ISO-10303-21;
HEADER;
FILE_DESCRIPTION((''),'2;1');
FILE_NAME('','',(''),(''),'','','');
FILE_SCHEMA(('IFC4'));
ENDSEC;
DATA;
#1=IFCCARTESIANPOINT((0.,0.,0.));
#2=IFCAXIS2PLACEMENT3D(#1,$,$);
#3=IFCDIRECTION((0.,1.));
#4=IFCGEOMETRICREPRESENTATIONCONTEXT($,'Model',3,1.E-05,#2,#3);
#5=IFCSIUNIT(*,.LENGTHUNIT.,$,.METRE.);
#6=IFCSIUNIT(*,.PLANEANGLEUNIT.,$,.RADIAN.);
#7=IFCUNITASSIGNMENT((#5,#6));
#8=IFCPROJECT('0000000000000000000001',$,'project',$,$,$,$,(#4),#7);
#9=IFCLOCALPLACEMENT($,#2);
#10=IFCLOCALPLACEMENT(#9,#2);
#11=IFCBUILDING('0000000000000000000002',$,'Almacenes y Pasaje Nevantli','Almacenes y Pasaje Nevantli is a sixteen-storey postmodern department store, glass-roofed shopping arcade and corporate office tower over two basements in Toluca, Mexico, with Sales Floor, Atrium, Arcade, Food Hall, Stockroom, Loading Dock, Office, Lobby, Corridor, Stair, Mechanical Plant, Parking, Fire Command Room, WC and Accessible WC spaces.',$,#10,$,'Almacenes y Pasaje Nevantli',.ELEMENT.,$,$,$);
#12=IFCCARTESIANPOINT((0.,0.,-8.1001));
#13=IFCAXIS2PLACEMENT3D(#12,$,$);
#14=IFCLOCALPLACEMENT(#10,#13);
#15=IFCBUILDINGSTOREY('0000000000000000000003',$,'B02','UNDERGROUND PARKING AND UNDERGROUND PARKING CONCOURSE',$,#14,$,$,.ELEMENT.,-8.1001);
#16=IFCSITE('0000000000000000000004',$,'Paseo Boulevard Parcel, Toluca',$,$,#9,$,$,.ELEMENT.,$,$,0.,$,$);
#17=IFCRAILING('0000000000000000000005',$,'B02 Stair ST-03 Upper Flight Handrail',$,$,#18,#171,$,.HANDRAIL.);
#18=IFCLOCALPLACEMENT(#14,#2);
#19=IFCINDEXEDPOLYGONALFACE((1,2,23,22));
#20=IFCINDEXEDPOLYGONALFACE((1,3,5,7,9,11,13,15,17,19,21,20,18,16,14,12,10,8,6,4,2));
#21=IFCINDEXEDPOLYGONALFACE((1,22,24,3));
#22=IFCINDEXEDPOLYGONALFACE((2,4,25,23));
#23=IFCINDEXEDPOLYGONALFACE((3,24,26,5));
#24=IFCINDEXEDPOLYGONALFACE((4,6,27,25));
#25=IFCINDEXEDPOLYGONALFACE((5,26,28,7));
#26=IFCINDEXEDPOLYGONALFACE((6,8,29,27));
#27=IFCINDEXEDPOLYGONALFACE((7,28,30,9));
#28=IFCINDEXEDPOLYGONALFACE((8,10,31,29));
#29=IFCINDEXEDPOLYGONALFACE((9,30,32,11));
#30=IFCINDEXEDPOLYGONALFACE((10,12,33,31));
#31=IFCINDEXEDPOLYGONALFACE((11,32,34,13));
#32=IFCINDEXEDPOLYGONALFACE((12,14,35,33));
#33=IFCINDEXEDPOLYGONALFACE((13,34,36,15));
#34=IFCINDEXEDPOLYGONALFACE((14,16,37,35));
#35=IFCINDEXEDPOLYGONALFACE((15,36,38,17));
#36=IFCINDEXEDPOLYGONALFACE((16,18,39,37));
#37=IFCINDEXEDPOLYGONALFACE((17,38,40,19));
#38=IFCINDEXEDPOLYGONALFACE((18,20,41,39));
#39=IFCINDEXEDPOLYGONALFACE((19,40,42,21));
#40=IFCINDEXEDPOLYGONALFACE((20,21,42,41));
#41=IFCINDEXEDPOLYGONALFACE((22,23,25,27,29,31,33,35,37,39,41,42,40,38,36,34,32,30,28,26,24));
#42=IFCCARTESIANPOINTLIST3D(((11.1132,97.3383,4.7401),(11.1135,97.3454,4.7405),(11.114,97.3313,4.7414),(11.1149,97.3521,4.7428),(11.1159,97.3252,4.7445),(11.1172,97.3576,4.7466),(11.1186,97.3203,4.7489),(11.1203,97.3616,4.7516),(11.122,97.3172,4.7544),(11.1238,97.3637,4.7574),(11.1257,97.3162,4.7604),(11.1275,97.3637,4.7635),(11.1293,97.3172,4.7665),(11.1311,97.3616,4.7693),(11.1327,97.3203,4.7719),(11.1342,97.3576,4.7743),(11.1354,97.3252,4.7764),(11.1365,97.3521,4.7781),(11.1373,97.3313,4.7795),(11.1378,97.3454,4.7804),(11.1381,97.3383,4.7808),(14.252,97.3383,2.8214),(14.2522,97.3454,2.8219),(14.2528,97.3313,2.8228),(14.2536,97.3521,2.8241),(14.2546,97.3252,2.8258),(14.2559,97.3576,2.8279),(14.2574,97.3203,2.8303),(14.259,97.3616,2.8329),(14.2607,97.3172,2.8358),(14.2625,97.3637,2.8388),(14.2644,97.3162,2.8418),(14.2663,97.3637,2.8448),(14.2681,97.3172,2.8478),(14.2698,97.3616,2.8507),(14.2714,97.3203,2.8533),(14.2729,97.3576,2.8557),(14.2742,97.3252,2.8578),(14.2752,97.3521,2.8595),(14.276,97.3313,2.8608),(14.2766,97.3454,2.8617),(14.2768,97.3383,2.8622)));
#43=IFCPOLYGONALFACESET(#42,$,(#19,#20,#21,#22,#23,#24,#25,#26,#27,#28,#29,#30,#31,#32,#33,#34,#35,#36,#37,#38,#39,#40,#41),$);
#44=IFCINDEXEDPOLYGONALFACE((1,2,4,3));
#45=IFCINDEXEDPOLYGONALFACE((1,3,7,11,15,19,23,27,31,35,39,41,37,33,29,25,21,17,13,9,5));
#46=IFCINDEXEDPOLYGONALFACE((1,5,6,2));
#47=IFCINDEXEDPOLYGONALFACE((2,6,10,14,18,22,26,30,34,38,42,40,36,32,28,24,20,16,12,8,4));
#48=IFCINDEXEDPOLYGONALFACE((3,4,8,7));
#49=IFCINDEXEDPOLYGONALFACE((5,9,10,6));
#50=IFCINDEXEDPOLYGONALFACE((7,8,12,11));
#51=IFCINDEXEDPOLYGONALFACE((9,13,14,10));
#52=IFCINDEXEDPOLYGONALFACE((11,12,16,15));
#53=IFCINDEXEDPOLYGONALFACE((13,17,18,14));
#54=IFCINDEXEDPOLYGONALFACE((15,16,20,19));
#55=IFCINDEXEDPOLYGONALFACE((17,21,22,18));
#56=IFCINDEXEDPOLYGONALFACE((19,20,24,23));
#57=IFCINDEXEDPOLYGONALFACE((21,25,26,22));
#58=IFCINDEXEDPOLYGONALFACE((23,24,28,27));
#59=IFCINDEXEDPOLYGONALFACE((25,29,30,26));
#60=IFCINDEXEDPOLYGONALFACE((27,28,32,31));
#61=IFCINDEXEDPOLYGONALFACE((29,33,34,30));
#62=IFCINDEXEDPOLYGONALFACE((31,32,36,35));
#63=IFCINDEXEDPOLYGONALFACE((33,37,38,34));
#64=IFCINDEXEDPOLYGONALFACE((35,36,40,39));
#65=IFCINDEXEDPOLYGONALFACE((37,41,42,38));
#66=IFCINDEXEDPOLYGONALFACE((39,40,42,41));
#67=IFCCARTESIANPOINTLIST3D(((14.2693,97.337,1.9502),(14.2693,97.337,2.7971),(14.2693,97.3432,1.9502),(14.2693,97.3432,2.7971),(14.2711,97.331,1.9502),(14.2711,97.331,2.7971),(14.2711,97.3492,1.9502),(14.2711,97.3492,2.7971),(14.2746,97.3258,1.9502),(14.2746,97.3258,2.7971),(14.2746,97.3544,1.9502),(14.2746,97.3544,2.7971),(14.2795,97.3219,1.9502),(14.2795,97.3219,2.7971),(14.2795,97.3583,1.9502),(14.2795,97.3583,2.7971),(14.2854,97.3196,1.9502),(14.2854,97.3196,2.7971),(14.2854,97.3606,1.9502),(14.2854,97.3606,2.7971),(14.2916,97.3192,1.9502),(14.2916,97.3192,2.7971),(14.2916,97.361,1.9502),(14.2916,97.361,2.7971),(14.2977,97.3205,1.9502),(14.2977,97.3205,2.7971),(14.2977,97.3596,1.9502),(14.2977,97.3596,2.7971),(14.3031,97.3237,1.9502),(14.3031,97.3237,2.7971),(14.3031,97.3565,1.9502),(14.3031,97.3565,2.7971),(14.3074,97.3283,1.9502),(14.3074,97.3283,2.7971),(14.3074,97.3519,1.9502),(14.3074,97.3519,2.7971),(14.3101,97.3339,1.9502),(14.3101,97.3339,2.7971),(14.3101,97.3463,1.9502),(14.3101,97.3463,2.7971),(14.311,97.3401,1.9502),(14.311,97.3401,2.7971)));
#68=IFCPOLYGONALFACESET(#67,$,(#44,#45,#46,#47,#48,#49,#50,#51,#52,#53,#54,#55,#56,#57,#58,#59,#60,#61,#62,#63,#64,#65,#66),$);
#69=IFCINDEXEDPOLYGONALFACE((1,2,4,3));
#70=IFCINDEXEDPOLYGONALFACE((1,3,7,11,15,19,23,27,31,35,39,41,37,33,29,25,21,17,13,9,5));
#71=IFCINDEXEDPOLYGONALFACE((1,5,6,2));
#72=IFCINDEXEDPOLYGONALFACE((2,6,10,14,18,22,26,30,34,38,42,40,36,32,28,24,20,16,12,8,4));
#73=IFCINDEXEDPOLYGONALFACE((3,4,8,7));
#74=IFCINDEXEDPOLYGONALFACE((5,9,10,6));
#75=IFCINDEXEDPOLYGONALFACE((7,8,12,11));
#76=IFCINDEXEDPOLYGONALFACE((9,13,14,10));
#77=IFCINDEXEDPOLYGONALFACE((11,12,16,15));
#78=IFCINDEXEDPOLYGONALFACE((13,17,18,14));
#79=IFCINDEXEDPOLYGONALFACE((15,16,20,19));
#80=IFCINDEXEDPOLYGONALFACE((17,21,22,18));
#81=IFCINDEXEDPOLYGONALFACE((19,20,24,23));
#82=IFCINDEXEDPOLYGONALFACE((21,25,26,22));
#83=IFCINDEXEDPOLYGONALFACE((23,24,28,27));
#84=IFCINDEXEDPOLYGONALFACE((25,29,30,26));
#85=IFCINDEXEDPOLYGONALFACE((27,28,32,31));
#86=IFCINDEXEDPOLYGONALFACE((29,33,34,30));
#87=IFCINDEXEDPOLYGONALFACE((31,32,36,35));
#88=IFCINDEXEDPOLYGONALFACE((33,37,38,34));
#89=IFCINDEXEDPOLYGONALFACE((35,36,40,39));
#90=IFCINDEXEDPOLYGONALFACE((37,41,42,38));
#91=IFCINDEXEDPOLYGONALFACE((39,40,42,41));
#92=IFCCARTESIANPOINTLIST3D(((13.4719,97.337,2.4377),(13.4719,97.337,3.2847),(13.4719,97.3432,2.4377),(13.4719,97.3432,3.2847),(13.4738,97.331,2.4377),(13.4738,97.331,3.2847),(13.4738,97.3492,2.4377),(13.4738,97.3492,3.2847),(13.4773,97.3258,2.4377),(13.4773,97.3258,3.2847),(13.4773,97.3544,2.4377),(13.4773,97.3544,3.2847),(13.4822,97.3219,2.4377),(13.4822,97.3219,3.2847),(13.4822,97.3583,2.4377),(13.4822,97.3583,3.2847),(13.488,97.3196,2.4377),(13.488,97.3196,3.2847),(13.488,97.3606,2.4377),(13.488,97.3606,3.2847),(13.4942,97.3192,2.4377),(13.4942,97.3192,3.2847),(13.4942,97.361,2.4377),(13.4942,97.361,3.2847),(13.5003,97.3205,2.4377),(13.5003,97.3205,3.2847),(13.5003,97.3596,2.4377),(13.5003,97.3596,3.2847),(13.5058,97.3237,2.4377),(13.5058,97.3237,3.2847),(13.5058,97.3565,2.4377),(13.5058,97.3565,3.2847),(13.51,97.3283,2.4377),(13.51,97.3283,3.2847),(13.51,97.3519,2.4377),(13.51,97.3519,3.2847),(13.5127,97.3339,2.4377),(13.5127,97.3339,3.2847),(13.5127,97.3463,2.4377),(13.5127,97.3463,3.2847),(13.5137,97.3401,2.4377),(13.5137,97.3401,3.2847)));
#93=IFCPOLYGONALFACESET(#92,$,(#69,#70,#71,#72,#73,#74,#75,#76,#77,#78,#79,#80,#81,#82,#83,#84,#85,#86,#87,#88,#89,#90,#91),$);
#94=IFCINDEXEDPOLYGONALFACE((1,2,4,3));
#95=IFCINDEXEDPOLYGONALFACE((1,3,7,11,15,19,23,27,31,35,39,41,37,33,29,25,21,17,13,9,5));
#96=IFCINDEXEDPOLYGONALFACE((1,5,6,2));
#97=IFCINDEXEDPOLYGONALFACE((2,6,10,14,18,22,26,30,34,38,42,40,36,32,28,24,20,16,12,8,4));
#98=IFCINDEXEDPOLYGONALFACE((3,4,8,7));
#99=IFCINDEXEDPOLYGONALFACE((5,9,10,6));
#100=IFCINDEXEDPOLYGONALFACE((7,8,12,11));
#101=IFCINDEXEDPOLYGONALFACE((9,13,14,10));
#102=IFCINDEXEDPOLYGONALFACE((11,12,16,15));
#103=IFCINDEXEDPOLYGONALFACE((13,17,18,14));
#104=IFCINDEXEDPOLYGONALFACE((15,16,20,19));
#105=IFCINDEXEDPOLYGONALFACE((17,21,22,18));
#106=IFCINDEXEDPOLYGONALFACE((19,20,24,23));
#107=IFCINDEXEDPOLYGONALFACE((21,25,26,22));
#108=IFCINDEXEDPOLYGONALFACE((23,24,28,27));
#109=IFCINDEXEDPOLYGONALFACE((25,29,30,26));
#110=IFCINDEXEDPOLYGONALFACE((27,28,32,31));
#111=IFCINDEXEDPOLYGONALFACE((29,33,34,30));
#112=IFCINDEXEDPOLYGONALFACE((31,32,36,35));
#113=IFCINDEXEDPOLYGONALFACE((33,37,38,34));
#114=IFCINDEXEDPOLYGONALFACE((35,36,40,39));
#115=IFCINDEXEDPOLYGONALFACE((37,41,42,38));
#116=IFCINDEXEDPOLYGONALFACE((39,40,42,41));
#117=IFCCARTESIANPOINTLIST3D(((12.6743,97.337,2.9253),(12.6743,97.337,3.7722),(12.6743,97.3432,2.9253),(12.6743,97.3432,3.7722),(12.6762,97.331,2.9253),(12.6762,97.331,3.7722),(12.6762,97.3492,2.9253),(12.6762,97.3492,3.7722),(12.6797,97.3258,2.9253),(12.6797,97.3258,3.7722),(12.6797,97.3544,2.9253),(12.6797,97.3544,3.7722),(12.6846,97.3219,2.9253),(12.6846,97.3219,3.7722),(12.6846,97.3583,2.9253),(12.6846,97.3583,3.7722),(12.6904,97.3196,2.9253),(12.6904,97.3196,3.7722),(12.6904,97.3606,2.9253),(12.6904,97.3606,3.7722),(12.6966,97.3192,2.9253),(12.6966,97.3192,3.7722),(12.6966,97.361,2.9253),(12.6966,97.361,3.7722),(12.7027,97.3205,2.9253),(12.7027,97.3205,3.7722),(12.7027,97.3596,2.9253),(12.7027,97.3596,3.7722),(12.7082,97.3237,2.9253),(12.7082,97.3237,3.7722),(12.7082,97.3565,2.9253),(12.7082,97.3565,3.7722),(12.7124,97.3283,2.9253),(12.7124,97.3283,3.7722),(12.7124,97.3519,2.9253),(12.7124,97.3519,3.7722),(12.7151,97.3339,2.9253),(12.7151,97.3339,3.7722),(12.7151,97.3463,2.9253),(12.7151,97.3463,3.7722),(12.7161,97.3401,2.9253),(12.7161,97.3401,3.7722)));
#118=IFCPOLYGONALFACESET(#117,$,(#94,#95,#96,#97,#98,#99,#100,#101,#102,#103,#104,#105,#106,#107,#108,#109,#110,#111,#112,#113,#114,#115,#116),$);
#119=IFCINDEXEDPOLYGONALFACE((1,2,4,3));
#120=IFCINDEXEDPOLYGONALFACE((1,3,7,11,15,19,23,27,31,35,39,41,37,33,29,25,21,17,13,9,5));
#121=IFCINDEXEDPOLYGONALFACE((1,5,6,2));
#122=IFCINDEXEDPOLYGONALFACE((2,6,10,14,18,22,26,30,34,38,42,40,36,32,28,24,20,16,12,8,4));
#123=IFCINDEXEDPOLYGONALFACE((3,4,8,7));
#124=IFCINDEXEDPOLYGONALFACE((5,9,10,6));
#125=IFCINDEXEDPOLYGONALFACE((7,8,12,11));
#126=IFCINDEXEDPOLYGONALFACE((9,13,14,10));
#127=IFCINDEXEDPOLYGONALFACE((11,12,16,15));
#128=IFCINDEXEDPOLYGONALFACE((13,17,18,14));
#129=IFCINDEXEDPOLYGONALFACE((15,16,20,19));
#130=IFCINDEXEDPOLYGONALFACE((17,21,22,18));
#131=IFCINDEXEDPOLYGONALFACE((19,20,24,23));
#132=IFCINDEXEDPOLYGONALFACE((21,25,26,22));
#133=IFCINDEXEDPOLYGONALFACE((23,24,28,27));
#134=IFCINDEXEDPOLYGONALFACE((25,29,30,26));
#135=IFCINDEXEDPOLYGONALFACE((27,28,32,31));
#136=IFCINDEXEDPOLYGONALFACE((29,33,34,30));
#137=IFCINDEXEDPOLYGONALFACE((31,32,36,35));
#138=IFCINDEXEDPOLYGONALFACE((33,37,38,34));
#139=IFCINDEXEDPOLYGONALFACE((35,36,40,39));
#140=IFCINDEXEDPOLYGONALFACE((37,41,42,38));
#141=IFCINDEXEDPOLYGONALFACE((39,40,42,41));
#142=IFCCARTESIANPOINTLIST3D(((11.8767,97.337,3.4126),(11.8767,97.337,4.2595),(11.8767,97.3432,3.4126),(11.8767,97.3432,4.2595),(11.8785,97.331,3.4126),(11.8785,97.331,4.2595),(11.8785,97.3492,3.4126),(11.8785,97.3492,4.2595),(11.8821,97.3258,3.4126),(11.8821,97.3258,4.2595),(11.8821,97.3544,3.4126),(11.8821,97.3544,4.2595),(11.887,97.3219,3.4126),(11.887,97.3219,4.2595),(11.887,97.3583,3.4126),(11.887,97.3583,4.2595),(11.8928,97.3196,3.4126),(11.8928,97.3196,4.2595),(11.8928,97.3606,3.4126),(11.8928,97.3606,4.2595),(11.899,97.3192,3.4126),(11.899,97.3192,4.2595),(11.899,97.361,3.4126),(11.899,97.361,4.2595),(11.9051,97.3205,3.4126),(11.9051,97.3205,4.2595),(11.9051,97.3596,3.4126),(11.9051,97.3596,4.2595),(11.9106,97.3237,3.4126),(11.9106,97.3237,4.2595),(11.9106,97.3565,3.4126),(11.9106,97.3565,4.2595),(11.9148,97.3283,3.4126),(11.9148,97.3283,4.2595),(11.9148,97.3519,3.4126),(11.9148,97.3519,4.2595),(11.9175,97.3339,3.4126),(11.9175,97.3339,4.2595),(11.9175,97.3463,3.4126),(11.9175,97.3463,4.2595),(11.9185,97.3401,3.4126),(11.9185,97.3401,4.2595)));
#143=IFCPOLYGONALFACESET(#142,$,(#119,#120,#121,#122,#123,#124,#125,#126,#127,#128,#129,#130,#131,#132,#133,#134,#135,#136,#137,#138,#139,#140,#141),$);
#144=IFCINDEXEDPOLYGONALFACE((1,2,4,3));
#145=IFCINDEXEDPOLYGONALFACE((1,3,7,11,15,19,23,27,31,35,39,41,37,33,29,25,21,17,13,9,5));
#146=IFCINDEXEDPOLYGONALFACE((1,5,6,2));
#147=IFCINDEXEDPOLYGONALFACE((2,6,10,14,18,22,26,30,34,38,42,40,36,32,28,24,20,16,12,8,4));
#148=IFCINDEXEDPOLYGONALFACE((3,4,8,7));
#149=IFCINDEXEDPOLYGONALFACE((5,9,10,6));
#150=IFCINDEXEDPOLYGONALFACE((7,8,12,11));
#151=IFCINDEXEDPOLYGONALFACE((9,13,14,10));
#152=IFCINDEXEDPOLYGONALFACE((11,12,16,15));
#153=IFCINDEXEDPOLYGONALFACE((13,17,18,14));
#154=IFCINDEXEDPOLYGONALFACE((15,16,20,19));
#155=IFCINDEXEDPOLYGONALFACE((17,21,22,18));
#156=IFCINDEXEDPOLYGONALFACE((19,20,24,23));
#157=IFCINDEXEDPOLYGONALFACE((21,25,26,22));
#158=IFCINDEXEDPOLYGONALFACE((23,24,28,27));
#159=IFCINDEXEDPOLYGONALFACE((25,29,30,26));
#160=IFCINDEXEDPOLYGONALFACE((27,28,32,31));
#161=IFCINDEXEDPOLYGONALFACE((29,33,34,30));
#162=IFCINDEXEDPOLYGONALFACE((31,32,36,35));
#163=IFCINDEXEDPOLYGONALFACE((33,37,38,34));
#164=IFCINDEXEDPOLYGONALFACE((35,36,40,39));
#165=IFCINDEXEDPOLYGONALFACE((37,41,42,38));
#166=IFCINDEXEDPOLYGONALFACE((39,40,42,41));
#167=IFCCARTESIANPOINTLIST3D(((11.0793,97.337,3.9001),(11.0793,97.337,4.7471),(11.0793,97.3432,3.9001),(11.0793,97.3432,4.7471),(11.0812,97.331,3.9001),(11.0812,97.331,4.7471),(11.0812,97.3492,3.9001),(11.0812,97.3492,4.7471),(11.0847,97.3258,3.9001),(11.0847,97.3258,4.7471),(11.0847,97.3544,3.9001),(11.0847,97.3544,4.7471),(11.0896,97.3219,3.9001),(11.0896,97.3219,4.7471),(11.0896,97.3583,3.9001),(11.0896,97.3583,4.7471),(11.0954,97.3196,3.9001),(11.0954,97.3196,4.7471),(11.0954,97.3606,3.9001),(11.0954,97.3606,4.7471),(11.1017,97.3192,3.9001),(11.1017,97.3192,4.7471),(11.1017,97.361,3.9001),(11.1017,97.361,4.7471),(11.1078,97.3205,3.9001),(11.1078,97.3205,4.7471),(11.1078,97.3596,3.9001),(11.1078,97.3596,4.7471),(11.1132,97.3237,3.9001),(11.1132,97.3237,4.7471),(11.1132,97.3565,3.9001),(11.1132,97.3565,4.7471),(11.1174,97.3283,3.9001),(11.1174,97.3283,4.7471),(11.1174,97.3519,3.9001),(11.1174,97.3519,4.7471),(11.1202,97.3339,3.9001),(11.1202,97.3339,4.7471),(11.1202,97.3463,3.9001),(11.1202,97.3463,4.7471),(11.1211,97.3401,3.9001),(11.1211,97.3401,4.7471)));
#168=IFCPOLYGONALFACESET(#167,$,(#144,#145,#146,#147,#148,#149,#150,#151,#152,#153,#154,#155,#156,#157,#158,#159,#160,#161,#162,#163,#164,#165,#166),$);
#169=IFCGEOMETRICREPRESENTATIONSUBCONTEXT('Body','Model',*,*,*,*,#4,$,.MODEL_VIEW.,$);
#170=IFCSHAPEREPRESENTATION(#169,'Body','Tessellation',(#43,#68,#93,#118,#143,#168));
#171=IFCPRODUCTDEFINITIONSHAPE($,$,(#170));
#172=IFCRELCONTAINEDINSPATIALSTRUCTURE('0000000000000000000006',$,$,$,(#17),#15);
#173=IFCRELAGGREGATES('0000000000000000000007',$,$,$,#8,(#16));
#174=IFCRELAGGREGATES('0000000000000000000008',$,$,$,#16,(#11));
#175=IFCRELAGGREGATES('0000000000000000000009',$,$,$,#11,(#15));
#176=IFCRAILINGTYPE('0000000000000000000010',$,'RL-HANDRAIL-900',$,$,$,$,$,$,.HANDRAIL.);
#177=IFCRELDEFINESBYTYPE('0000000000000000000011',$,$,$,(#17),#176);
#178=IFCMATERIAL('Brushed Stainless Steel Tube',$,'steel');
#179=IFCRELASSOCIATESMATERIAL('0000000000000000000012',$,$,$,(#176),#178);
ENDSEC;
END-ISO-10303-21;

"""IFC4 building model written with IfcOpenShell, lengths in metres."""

from ifc_helpers import new_model, si_unit, direction, frame, origin, origin_2d, place, context, subcontext, project, spatial, circle, extrude, material, type_object, element, save


model = new_model("IFC4")

# Units and contexts
model_context = context("Model", 3, precision=1e-05, world=origin(), true_north=direction((0.0, 1.0)))
body_context = subcontext(model_context, "Body", "Model", "MODEL_VIEW")
ifc_project = project(units=[si_unit("LENGTHUNIT", "METRE"), si_unit("PLANEANGLEUNIT", "RADIAN")], contexts=[model_context])

# Site, building, storey
site_placement = place(None, origin())
site = spatial("IfcSite", under=ifc_project, at=site_placement, Name="Paseo Boulevard Parcel, Toluca", CompositionType="ELEMENT", RefElevation=0.0)
building_placement = place(site_placement, origin())
building = spatial("IfcBuilding", under=site, at=building_placement, Name="Almacenes y Pasaje Nevantli", Description="Almacenes y Pasaje Nevantli is a sixteen-storey postmodern department store, glass-roofed shopping arcade and corporate office tower over two basements in Toluca, Mexico, with Sales Floor, Atrium, Arcade, Food Hall, Stockroom, Loading Dock, Office, Lobby, Corridor, Stair, Mechanical Plant, Parking, Fire Command Room, WC and Accessible WC spaces.", LongName="Almacenes y Pasaje Nevantli", CompositionType="ELEMENT")
storey_placement = place(building_placement, frame((0.0, 0.0, -8.1001)))
storey = spatial("IfcBuildingStorey", under=building, at=storey_placement, Name="B02", Description="UNDERGROUND PARKING AND UNDERGROUND PARKING CONCOURSE", CompositionType="ELEMENT", Elevation=-8.1001)

# Railing
ifc_material_1 = material(Name="Brushed Stainless Steel Tube", Category="steel")
railing_type_1 = type_object("IfcRailingType", Name="RL-HANDRAIL-900", PredefinedType="HANDRAIL", material=ifc_material_1)
railing_1_placement = place(storey_placement, frame((14.29, 97.3401, 1.9502)))
element("IfcRailing", 1, at=railing_1_placement, inside=storey, type_object=railing_type_1, Name="B02 Stair ST-03 Upper Flight Handrail", PredefinedType="HANDRAIL", context=body_context, shape_type="SweptSolid", body=[
    extrude(circle(Radius=0.0239, at=origin_2d()), frame((-0.0256, 0.0, 0.8916), z_axis=(-0.853217, 0.0, 0.521556), x_axis=(0.0, -1.0, 0.0)), (0.0, 0.0, 1.0), 3.6787),
    extrude(circle(Radius=0.021, at=origin_2d()), origin(), (0.0, 0.0, 1.0), 0.8469),
    extrude(circle(Radius=0.021, at=origin_2d()), frame((-0.7974, 0.0, 0.4875)), (0.0, 0.0, 1.0), 0.8469),
    extrude(circle(Radius=0.021, at=origin_2d()), frame((-1.595, 0.0, 0.9751)), (0.0, 0.0, 1.0), 0.8469),
    extrude(circle(Radius=0.021, at=origin_2d()), frame((-2.3926, 0.0, 1.4624)), (0.0, 0.0, 1.0), 0.8469),
    extrude(circle(Radius=0.021, at=origin_2d()), frame((-3.1899, 0.0, 1.95)), (0.0, 0.0, 1.0), 0.8469),
])

save(model, "model.ifc")
